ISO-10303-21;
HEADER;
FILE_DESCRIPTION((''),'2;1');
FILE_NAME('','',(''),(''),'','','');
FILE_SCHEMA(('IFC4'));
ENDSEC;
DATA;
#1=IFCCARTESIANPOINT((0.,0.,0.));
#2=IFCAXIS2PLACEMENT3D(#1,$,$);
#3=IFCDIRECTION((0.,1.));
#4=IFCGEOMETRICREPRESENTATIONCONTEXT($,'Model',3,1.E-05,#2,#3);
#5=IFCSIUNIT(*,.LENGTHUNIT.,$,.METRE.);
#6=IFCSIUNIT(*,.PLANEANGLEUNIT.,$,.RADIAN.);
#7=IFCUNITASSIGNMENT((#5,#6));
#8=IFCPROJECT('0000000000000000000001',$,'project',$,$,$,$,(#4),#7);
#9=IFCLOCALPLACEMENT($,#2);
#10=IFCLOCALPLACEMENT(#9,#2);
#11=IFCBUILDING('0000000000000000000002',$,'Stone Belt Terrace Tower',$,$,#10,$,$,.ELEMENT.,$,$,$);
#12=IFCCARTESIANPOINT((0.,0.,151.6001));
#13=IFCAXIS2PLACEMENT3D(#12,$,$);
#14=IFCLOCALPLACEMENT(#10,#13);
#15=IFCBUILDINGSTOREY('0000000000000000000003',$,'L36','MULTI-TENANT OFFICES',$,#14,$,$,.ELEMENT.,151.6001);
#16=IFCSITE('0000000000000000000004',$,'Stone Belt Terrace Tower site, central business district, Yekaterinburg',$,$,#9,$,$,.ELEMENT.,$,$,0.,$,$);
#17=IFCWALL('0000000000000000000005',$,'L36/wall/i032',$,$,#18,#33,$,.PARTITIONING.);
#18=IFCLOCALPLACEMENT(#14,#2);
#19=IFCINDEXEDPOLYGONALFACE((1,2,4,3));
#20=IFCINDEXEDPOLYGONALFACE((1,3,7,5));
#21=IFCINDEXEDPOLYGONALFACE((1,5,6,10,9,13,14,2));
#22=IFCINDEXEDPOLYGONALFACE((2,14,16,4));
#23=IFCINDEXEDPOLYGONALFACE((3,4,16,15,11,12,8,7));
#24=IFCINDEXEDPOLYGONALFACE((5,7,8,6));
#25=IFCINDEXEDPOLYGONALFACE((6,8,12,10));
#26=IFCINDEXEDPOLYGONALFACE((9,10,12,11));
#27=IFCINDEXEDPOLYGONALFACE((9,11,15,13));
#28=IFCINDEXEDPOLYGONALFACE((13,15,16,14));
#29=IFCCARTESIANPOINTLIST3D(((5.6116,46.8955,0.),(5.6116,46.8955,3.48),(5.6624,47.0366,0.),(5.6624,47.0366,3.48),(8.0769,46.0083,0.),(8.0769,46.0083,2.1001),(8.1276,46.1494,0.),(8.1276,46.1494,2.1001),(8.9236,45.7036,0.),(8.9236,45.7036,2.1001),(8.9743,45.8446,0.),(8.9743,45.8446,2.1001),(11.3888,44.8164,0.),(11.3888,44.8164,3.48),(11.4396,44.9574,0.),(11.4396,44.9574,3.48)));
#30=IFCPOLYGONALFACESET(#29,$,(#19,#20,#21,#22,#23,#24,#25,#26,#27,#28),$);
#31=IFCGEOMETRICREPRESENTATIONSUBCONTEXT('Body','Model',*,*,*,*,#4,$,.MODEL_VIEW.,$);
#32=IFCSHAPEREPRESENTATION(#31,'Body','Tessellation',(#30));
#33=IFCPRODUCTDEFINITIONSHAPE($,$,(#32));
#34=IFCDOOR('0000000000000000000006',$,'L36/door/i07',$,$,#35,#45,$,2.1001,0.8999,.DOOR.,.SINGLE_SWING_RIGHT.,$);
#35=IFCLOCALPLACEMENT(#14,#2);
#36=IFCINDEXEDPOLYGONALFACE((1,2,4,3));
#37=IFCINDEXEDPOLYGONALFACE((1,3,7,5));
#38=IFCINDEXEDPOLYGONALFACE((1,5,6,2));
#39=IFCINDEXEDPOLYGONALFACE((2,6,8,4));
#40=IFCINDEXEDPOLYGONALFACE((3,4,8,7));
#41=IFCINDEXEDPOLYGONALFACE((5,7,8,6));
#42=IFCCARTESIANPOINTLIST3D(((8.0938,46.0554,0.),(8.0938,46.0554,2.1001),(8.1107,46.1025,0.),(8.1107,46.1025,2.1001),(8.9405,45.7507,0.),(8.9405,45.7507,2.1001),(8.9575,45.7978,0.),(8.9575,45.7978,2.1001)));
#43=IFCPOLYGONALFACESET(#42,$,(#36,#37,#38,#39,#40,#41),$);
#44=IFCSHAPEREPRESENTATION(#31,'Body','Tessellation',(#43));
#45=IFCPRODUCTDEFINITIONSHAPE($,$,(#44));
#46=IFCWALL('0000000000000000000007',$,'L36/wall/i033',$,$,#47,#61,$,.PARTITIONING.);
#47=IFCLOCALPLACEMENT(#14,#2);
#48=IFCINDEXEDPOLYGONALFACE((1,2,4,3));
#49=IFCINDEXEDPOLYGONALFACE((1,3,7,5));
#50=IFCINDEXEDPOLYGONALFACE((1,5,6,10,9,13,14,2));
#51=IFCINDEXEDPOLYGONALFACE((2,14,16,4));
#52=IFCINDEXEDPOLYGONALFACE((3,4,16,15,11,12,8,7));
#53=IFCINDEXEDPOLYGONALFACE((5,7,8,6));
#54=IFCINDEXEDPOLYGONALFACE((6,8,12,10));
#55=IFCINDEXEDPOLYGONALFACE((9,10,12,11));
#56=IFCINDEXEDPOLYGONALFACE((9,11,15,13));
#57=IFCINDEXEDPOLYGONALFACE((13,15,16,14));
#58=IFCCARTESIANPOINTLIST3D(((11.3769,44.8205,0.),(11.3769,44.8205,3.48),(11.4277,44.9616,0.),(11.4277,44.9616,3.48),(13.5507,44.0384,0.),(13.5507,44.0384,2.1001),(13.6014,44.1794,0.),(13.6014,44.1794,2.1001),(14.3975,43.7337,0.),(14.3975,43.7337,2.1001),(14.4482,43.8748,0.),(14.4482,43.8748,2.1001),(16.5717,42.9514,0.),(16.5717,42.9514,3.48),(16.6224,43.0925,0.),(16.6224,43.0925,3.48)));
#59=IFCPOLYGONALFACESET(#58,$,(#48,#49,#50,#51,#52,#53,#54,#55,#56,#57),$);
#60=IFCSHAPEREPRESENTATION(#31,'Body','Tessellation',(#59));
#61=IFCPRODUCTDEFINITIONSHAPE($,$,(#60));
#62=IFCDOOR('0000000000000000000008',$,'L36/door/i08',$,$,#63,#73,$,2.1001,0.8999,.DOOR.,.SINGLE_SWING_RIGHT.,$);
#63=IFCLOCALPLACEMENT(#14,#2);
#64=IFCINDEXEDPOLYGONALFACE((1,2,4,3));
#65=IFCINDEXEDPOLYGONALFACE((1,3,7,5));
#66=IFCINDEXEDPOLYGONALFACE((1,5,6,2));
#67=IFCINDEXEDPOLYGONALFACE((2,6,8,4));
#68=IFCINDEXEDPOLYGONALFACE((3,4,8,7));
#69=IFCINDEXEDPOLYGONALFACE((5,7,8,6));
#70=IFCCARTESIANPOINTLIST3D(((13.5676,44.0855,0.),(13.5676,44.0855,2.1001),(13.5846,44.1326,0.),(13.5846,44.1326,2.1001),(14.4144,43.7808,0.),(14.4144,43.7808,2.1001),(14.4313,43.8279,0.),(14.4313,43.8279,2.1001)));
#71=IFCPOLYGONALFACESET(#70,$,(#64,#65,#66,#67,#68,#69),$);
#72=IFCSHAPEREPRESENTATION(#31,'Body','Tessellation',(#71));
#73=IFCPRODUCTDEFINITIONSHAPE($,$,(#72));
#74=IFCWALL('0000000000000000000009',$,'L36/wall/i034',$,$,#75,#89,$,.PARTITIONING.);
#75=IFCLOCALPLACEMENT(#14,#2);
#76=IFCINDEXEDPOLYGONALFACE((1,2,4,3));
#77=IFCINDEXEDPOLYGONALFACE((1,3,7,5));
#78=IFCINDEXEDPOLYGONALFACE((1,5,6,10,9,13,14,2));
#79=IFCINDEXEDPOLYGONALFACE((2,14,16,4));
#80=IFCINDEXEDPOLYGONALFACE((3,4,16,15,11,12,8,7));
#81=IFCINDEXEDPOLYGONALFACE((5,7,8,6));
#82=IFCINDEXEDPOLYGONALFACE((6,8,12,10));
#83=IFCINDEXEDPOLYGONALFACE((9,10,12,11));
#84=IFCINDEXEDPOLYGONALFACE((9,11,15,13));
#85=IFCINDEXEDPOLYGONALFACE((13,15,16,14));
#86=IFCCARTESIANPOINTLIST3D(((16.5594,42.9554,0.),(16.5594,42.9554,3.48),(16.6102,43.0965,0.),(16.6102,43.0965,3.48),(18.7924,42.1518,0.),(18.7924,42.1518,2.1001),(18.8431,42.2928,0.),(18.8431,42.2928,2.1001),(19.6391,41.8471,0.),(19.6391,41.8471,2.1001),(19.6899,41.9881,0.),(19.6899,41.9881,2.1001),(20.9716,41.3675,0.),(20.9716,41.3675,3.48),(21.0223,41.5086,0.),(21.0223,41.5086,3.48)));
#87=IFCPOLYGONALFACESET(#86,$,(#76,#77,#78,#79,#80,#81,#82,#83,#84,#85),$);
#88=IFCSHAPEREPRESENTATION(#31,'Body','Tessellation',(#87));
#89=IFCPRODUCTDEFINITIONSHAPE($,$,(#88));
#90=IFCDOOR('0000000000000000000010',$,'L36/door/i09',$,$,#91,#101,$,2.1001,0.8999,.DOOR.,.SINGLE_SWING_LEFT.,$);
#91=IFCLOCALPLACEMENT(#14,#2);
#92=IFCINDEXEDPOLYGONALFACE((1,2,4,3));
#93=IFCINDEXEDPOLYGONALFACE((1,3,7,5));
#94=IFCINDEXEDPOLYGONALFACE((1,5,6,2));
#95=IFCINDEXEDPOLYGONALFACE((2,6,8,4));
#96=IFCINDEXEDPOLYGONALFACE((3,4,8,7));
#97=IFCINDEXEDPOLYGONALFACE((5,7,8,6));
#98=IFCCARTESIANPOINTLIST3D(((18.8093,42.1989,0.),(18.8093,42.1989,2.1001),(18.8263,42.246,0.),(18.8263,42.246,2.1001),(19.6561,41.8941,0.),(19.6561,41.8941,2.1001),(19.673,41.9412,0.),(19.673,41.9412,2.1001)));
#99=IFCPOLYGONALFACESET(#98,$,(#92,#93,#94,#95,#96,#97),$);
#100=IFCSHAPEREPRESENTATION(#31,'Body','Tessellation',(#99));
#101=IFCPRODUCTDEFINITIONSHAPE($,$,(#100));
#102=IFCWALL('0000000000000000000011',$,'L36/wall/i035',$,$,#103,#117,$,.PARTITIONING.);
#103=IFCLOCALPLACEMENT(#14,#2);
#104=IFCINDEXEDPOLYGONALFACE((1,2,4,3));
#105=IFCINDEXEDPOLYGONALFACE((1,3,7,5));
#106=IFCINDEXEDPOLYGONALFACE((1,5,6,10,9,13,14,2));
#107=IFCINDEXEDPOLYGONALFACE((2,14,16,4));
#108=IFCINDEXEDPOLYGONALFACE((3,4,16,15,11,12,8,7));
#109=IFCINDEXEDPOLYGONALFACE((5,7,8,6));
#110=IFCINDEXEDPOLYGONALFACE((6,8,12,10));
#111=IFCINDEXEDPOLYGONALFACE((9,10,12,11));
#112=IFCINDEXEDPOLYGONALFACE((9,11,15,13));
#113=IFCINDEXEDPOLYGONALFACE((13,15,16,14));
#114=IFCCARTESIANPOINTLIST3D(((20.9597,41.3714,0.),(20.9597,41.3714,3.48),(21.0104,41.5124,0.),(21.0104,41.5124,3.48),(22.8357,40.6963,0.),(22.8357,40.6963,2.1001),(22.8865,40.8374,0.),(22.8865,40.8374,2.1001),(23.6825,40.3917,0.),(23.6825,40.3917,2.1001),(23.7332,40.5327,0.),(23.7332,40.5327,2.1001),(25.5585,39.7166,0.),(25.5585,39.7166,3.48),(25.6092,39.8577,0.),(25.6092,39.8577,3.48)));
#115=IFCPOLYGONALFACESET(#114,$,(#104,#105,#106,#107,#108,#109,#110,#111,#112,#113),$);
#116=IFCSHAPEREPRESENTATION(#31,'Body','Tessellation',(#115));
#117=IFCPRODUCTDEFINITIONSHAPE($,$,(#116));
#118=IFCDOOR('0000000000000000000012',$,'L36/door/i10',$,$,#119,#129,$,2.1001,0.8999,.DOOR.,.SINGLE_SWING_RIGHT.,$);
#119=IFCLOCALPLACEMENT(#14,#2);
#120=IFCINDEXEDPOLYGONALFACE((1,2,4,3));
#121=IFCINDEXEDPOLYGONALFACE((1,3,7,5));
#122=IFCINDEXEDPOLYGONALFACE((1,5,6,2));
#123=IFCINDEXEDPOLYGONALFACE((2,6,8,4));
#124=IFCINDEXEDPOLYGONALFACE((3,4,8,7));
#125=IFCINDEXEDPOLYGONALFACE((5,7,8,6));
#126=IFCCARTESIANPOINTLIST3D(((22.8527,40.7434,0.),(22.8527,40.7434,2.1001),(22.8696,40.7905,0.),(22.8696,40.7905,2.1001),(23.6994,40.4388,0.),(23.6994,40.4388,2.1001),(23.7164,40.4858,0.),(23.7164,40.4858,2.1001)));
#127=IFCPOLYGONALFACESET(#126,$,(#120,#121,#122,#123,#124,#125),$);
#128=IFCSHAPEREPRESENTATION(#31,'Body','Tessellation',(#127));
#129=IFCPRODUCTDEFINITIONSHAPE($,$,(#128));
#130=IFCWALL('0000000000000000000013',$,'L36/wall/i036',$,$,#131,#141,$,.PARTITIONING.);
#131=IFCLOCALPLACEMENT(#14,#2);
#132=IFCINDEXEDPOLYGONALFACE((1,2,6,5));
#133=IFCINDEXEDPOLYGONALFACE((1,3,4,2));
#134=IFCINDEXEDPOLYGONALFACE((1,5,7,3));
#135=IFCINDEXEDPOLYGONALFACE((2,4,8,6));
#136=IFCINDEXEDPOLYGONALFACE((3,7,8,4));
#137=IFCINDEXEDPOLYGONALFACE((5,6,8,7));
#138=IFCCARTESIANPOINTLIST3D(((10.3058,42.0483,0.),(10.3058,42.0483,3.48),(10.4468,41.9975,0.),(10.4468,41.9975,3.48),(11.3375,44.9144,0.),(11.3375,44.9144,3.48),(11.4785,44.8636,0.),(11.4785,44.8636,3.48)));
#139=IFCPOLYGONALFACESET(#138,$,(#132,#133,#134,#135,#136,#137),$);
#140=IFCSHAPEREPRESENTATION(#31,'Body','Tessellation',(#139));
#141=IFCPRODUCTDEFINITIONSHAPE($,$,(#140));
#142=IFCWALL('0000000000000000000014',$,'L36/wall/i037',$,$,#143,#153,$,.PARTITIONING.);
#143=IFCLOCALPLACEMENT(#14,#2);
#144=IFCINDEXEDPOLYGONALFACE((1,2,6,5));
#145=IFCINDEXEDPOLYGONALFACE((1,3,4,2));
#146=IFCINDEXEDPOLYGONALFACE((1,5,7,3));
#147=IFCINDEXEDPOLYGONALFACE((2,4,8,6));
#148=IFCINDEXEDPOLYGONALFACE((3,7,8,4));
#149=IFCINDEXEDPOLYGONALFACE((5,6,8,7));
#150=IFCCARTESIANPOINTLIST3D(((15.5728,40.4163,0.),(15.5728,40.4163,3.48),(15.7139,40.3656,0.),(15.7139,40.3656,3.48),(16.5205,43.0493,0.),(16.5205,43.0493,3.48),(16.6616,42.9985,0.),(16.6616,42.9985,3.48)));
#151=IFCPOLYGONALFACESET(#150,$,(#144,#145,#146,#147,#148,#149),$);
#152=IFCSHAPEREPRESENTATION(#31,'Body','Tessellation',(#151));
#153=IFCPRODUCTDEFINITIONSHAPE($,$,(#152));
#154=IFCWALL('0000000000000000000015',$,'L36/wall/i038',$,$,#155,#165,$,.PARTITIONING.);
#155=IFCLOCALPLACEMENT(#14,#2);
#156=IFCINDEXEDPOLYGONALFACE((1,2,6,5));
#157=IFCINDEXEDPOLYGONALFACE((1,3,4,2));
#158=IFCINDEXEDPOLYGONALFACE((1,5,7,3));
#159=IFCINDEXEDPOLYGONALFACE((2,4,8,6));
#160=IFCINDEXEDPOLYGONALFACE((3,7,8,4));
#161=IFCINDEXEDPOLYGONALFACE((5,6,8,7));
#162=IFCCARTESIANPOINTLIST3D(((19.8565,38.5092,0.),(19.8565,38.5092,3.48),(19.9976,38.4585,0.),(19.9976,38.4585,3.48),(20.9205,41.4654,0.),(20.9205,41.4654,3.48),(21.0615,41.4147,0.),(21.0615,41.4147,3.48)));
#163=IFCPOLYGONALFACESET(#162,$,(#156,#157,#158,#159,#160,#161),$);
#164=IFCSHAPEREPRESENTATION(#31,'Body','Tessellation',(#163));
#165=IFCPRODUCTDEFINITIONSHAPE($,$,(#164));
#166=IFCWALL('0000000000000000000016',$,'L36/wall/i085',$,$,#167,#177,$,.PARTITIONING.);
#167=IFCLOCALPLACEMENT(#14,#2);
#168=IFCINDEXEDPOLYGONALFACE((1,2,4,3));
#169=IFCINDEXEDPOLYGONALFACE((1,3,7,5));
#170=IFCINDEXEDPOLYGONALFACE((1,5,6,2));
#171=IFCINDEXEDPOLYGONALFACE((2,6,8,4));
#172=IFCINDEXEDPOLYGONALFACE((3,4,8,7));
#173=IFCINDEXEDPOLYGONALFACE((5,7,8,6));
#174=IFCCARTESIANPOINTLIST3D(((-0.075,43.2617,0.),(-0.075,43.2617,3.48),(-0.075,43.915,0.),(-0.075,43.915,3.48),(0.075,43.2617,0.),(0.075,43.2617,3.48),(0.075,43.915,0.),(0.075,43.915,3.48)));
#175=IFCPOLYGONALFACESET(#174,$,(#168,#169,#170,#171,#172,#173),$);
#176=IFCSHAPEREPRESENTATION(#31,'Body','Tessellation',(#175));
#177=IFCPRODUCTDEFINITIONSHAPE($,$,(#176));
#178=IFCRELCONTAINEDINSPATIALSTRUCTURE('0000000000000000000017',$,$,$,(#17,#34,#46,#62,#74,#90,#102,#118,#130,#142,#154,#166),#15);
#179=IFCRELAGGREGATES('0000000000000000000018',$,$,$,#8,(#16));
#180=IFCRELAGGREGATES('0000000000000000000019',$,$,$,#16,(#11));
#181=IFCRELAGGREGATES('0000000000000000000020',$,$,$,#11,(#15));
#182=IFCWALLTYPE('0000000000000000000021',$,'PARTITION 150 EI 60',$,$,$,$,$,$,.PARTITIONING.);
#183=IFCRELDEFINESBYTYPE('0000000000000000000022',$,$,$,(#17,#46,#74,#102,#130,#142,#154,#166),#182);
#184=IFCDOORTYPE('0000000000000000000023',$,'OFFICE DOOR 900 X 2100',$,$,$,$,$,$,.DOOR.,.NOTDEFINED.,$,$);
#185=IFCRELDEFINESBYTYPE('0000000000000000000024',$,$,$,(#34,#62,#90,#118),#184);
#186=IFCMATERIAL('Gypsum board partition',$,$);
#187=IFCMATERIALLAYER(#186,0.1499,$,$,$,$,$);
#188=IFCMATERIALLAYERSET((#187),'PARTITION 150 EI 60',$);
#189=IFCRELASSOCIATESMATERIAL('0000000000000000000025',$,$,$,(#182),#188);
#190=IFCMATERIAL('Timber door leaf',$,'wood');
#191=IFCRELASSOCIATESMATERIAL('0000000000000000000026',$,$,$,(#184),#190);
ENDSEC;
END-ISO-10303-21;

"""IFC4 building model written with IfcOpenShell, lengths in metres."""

from ifc_helpers import new_model, si_unit, direction, frame, frame_2d, origin, place, context, subcontext, project, spatial, rectangle, extrude, material, layer, layer_set, type_object, element, fill, save


model = new_model("IFC4")

# Units and contexts
model_context = context("Model", 3, precision=1e-05, world=origin(), true_north=direction((0.0, 1.0)))
body_context = subcontext(model_context, "Body", "Model", "MODEL_VIEW")
ifc_project = project(units=[si_unit("LENGTHUNIT", "METRE"), si_unit("PLANEANGLEUNIT", "RADIAN")], contexts=[model_context])

# Site, building, storey
site_placement = place(None, origin())
site = spatial("IfcSite", under=ifc_project, at=site_placement, Name="Stone Belt Terrace Tower site, central business district, Yekaterinburg", CompositionType="ELEMENT", RefElevation=0.0)
building_placement = place(site_placement, origin())
building = spatial("IfcBuilding", under=site, at=building_placement, Name="Stone Belt Terrace Tower", CompositionType="ELEMENT")
storey_placement = place(building_placement, frame((0.0, 0.0, 151.6001)))
storey = spatial("IfcBuildingStorey", under=building, at=storey_placement, Name="L36", Description="MULTI-TENANT OFFICES", CompositionType="ELEMENT", Elevation=151.6001)

# Walls, openings, doors
ifc_material_1 = material(Name="Timber door leaf", Category="wood")
ifc_material_2 = material(Name="Gypsum board partition")
ifc_layer_1 = layer(ifc_material_2, 0.1499)
ifc_layer_set_1 = layer_set([ifc_layer_1], Name="PARTITION 150 EI 60")
wall_type_1 = type_object("IfcWallType", Name="PARTITION 150 EI 60", PredefinedType="PARTITIONING", material=ifc_layer_set_1)
wall_1_placement = place(storey_placement, frame((11.4141, 44.887, 0.0), z_axis=(0.0, 0.0, 1.0), x_axis=(-0.940921, 0.338625, 0.0)))
wall_1 = element("IfcWall", 1, at=wall_1_placement, inside=storey, type_object=wall_type_1, Name="L36/wall/i032", PredefinedType="PARTITIONING", context=body_context, shape_type="SweptSolid", body=[
    extrude(rectangle(XDim=6.1399, YDim=0.1499, at=frame_2d((3.0698, 0.0))), origin(), (0.0, 0.0, 1.0), 3.48),
])
opening_1_placement = place(wall_1_placement, frame((2.6199, 0.0, 0.0)))
opening_1 = element("IfcOpeningElement", 2, at=opening_1_placement, cuts=wall_1, PredefinedType="OPENING", context=body_context, shape_type="SweptSolid", body=[
    extrude(rectangle(XDim=0.8999, YDim=2.1001, at=frame_2d((0.45, 1.05))), frame((0.0, 0.085, 0.0), z_axis=(0.0, -1.0, 0.0), x_axis=(1.0, 0.0, 0.0)), (0.0, 0.0, 1.0), 0.1699),
])
door_type_1 = type_object("IfcDoorType", Name="OFFICE DOOR 900 X 2100", OperationType="NOTDEFINED", PredefinedType="DOOR", material=ifc_material_1)
door_1_placement = place(opening_1_placement, origin())
door_1 = element("IfcDoor", 3, at=door_1_placement, inside=storey, type_object=door_type_1, Name="L36/door/i07", OperationType="SINGLE_SWING_RIGHT", OverallHeight=2.1001, OverallWidth=0.8999, PredefinedType="DOOR", context=body_context, shape_type="SweptSolid", body=[
    extrude(rectangle(XDim=0.8999, YDim=2.1001, at=frame_2d((0.45, 1.05))), frame((0.0, 0.0249, 0.0), z_axis=(0.0, -1.0, 0.0), x_axis=(1.0, 0.0, 0.0)), (0.0, 0.0, 1.0), 0.05),
])
fill(opening_1, door_1)
wall_2_placement = place(storey_placement, frame((16.5969, 43.022, 0.0), z_axis=(0.0, 0.0, 1.0), x_axis=(-0.940945, 0.33856, 0.0)))
wall_2 = element("IfcWall", 4, at=wall_2_placement, inside=storey, type_object=wall_type_1, Name="L36/wall/i033", PredefinedType="PARTITIONING", context=body_context, shape_type="SweptSolid", body=[
    extrude(rectangle(XDim=5.5208, YDim=0.1499, at=frame_2d((2.7603, 0.0))), origin(), (0.0, 0.0, 1.0), 3.48),
])
opening_2_placement = place(wall_2_placement, frame((2.3105, 0.0, 0.0)))
opening_2 = element("IfcOpeningElement", 5, at=opening_2_placement, cuts=wall_2, PredefinedType="OPENING", context=body_context, shape_type="SweptSolid", body=[
    extrude(rectangle(XDim=0.8999, YDim=2.1001, at=frame_2d((0.45, 1.05))), frame((0.0, 0.085, 0.0), z_axis=(0.0, -1.0, 0.0), x_axis=(1.0, 0.0, 0.0)), (0.0, 0.0, 1.0), 0.1699),
])
door_2_placement = place(opening_2_placement, origin())
door_2 = element("IfcDoor", 6, at=door_2_placement, inside=storey, type_object=door_type_1, Name="L36/door/i08", OperationType="SINGLE_SWING_RIGHT", OverallHeight=2.1001, OverallWidth=0.8999, PredefinedType="DOOR", context=body_context, shape_type="SweptSolid", body=[
    extrude(rectangle(XDim=0.8999, YDim=2.1001, at=frame_2d((0.45, 1.05))), frame((0.0, 0.0249, 0.0), z_axis=(0.0, -1.0, 0.0), x_axis=(1.0, 0.0, 0.0)), (0.0, 0.0, 1.0), 0.05),
])
fill(opening_2, door_2)
wall_3_placement = place(storey_placement, frame((20.9971, 41.438, 0.0), z_axis=(0.0, 0.0, 1.0), x_axis=(-0.940919, 0.338631, 0.0)))
wall_3 = element("IfcWall", 7, at=wall_3_placement, inside=storey, type_object=wall_type_1, Name="L36/wall/i034", PredefinedType="PARTITIONING", context=body_context, shape_type="SweptSolid", body=[
    extrude(rectangle(XDim=4.6892, YDim=0.1499, at=frame_2d((2.3447, 0.0))), origin(), (0.0, 0.0, 1.0), 3.48),
])
opening_3_placement = place(wall_3_placement, frame((1.4163, 0.0, 0.0)))
opening_3 = element("IfcOpeningElement", 8, at=opening_3_placement, cuts=wall_3, PredefinedType="OPENING", context=body_context, shape_type="SweptSolid", body=[
    extrude(rectangle(XDim=0.8999, YDim=2.1001, at=frame_2d((0.45, 1.05))), frame((0.0, 0.085, 0.0), z_axis=(0.0, -1.0, 0.0), x_axis=(1.0, 0.0, 0.0)), (0.0, 0.0, 1.0), 0.1699),
])
door_3_placement = place(opening_3_placement, origin())
door_3 = element("IfcDoor", 9, at=door_3_placement, inside=storey, type_object=door_type_1, Name="L36/door/i09", OperationType="SINGLE_SWING_LEFT", OverallHeight=2.1001, OverallWidth=0.8999, PredefinedType="DOOR", context=body_context, shape_type="SweptSolid", body=[
    extrude(rectangle(XDim=0.8999, YDim=2.1001, at=frame_2d((0.45, 1.05))), frame((0.0, 0.0249, 0.0), z_axis=(0.0, -1.0, 0.0), x_axis=(1.0, 0.0, 0.0)), (0.0, 0.0, 1.0), 0.05),
])
fill(opening_3, door_3)
wall_4_placement = place(storey_placement, frame((25.584, 39.7871, 0.0), z_axis=(0.0, 0.0, 1.0), x_axis=(-0.94094, 0.338573, 0.0)))
wall_4 = element("IfcWall", 10, at=wall_4_placement, inside=storey, type_object=wall_type_1, Name="L36/wall/i035", PredefinedType="PARTITIONING", context=body_context, shape_type="SweptSolid", body=[
    extrude(rectangle(XDim=4.8875, YDim=0.1499, at=frame_2d((2.4438, 0.0))), origin(), (0.0, 0.0, 1.0), 3.48),
])
opening_4_placement = place(wall_4_placement, frame((1.9939, 0.0, 0.0)))
opening_4 = element("IfcOpeningElement", 11, at=opening_4_placement, cuts=wall_4, PredefinedType="OPENING", context=body_context, shape_type="SweptSolid", body=[
    extrude(rectangle(XDim=0.8999, YDim=2.1001, at=frame_2d((0.45, 1.05))), frame((0.0, 0.085, 0.0), z_axis=(0.0, -1.0, 0.0), x_axis=(1.0, 0.0, 0.0)), (0.0, 0.0, 1.0), 0.1699),
])
door_4_placement = place(opening_4_placement, origin())
door_4 = element("IfcDoor", 12, at=door_4_placement, inside=storey, type_object=door_type_1, Name="L36/door/i10", OperationType="SINGLE_SWING_RIGHT", OverallHeight=2.1001, OverallWidth=0.8999, PredefinedType="DOOR", context=body_context, shape_type="SweptSolid", body=[
    extrude(rectangle(XDim=0.8999, YDim=2.1001, at=frame_2d((0.45, 1.05))), frame((0.0, 0.0249, 0.0), z_axis=(0.0, -1.0, 0.0), x_axis=(1.0, 0.0, 0.0)), (0.0, 0.0, 1.0), 0.05),
])
fill(opening_4, door_4)

# Walls
wall_5_placement = place(storey_placement, frame((11.408, 44.8889, 0.0), z_axis=(0.0, 0.0, 1.0), x_axis=(-0.338691, -0.940898, 0.0)))
element("IfcWall", 13, at=wall_5_placement, inside=storey, type_object=wall_type_1, Name="L36/wall/i036", PredefinedType="PARTITIONING", context=body_context, shape_type="SweptSolid", body=[
    extrude(rectangle(XDim=3.0461, YDim=0.1499, at=frame_2d((1.5229, 0.0))), origin(), (0.0, 0.0, 1.0), 3.48),
])
wall_6_placement = place(storey_placement, frame((16.5911, 43.0239, 0.0), z_axis=(0.0, 0.0, 1.0), x_axis=(-0.338673, -0.940904, 0.0)))
element("IfcWall", 14, at=wall_6_placement, inside=storey, type_object=wall_type_1, Name="L36/wall/i037", PredefinedType="PARTITIONING", context=body_context, shape_type="SweptSolid", body=[
    extrude(rectangle(XDim=2.7983, YDim=0.1499, at=frame_2d((1.3992, 0.0))), origin(), (0.0, 0.0, 1.0), 3.48),
])
wall_7_placement = place(storey_placement, frame((20.991, 41.4399, 0.0), z_axis=(0.0, 0.0, 1.0), x_axis=(-0.338634, -0.940918, 0.0)))
element("IfcWall", 15, at=wall_7_placement, inside=storey, type_object=wall_type_1, Name="L36/wall/i038", PredefinedType="PARTITIONING", context=body_context, shape_type="SweptSolid", body=[
    extrude(rectangle(XDim=3.1418, YDim=0.1499, at=frame_2d((1.5708, 0.0))), origin(), (0.0, 0.0, 1.0), 3.48),
])
wall_8_placement = place(storey_placement, frame((0.0, 43.915, 0.0), z_axis=(0.0, 0.0, 1.0), x_axis=(0.0, -1.0, 0.0)))
element("IfcWall", 16, at=wall_8_placement, inside=storey, type_object=wall_type_1, Name="L36/wall/i085", PredefinedType="PARTITIONING", context=body_context, shape_type="SweptSolid", body=[
    extrude(rectangle(XDim=0.6533, YDim=0.1499, at=frame_2d((0.3267, 0.0))), origin(), (0.0, 0.0, 1.0), 3.48),
])

save(model, "model.ifc")
